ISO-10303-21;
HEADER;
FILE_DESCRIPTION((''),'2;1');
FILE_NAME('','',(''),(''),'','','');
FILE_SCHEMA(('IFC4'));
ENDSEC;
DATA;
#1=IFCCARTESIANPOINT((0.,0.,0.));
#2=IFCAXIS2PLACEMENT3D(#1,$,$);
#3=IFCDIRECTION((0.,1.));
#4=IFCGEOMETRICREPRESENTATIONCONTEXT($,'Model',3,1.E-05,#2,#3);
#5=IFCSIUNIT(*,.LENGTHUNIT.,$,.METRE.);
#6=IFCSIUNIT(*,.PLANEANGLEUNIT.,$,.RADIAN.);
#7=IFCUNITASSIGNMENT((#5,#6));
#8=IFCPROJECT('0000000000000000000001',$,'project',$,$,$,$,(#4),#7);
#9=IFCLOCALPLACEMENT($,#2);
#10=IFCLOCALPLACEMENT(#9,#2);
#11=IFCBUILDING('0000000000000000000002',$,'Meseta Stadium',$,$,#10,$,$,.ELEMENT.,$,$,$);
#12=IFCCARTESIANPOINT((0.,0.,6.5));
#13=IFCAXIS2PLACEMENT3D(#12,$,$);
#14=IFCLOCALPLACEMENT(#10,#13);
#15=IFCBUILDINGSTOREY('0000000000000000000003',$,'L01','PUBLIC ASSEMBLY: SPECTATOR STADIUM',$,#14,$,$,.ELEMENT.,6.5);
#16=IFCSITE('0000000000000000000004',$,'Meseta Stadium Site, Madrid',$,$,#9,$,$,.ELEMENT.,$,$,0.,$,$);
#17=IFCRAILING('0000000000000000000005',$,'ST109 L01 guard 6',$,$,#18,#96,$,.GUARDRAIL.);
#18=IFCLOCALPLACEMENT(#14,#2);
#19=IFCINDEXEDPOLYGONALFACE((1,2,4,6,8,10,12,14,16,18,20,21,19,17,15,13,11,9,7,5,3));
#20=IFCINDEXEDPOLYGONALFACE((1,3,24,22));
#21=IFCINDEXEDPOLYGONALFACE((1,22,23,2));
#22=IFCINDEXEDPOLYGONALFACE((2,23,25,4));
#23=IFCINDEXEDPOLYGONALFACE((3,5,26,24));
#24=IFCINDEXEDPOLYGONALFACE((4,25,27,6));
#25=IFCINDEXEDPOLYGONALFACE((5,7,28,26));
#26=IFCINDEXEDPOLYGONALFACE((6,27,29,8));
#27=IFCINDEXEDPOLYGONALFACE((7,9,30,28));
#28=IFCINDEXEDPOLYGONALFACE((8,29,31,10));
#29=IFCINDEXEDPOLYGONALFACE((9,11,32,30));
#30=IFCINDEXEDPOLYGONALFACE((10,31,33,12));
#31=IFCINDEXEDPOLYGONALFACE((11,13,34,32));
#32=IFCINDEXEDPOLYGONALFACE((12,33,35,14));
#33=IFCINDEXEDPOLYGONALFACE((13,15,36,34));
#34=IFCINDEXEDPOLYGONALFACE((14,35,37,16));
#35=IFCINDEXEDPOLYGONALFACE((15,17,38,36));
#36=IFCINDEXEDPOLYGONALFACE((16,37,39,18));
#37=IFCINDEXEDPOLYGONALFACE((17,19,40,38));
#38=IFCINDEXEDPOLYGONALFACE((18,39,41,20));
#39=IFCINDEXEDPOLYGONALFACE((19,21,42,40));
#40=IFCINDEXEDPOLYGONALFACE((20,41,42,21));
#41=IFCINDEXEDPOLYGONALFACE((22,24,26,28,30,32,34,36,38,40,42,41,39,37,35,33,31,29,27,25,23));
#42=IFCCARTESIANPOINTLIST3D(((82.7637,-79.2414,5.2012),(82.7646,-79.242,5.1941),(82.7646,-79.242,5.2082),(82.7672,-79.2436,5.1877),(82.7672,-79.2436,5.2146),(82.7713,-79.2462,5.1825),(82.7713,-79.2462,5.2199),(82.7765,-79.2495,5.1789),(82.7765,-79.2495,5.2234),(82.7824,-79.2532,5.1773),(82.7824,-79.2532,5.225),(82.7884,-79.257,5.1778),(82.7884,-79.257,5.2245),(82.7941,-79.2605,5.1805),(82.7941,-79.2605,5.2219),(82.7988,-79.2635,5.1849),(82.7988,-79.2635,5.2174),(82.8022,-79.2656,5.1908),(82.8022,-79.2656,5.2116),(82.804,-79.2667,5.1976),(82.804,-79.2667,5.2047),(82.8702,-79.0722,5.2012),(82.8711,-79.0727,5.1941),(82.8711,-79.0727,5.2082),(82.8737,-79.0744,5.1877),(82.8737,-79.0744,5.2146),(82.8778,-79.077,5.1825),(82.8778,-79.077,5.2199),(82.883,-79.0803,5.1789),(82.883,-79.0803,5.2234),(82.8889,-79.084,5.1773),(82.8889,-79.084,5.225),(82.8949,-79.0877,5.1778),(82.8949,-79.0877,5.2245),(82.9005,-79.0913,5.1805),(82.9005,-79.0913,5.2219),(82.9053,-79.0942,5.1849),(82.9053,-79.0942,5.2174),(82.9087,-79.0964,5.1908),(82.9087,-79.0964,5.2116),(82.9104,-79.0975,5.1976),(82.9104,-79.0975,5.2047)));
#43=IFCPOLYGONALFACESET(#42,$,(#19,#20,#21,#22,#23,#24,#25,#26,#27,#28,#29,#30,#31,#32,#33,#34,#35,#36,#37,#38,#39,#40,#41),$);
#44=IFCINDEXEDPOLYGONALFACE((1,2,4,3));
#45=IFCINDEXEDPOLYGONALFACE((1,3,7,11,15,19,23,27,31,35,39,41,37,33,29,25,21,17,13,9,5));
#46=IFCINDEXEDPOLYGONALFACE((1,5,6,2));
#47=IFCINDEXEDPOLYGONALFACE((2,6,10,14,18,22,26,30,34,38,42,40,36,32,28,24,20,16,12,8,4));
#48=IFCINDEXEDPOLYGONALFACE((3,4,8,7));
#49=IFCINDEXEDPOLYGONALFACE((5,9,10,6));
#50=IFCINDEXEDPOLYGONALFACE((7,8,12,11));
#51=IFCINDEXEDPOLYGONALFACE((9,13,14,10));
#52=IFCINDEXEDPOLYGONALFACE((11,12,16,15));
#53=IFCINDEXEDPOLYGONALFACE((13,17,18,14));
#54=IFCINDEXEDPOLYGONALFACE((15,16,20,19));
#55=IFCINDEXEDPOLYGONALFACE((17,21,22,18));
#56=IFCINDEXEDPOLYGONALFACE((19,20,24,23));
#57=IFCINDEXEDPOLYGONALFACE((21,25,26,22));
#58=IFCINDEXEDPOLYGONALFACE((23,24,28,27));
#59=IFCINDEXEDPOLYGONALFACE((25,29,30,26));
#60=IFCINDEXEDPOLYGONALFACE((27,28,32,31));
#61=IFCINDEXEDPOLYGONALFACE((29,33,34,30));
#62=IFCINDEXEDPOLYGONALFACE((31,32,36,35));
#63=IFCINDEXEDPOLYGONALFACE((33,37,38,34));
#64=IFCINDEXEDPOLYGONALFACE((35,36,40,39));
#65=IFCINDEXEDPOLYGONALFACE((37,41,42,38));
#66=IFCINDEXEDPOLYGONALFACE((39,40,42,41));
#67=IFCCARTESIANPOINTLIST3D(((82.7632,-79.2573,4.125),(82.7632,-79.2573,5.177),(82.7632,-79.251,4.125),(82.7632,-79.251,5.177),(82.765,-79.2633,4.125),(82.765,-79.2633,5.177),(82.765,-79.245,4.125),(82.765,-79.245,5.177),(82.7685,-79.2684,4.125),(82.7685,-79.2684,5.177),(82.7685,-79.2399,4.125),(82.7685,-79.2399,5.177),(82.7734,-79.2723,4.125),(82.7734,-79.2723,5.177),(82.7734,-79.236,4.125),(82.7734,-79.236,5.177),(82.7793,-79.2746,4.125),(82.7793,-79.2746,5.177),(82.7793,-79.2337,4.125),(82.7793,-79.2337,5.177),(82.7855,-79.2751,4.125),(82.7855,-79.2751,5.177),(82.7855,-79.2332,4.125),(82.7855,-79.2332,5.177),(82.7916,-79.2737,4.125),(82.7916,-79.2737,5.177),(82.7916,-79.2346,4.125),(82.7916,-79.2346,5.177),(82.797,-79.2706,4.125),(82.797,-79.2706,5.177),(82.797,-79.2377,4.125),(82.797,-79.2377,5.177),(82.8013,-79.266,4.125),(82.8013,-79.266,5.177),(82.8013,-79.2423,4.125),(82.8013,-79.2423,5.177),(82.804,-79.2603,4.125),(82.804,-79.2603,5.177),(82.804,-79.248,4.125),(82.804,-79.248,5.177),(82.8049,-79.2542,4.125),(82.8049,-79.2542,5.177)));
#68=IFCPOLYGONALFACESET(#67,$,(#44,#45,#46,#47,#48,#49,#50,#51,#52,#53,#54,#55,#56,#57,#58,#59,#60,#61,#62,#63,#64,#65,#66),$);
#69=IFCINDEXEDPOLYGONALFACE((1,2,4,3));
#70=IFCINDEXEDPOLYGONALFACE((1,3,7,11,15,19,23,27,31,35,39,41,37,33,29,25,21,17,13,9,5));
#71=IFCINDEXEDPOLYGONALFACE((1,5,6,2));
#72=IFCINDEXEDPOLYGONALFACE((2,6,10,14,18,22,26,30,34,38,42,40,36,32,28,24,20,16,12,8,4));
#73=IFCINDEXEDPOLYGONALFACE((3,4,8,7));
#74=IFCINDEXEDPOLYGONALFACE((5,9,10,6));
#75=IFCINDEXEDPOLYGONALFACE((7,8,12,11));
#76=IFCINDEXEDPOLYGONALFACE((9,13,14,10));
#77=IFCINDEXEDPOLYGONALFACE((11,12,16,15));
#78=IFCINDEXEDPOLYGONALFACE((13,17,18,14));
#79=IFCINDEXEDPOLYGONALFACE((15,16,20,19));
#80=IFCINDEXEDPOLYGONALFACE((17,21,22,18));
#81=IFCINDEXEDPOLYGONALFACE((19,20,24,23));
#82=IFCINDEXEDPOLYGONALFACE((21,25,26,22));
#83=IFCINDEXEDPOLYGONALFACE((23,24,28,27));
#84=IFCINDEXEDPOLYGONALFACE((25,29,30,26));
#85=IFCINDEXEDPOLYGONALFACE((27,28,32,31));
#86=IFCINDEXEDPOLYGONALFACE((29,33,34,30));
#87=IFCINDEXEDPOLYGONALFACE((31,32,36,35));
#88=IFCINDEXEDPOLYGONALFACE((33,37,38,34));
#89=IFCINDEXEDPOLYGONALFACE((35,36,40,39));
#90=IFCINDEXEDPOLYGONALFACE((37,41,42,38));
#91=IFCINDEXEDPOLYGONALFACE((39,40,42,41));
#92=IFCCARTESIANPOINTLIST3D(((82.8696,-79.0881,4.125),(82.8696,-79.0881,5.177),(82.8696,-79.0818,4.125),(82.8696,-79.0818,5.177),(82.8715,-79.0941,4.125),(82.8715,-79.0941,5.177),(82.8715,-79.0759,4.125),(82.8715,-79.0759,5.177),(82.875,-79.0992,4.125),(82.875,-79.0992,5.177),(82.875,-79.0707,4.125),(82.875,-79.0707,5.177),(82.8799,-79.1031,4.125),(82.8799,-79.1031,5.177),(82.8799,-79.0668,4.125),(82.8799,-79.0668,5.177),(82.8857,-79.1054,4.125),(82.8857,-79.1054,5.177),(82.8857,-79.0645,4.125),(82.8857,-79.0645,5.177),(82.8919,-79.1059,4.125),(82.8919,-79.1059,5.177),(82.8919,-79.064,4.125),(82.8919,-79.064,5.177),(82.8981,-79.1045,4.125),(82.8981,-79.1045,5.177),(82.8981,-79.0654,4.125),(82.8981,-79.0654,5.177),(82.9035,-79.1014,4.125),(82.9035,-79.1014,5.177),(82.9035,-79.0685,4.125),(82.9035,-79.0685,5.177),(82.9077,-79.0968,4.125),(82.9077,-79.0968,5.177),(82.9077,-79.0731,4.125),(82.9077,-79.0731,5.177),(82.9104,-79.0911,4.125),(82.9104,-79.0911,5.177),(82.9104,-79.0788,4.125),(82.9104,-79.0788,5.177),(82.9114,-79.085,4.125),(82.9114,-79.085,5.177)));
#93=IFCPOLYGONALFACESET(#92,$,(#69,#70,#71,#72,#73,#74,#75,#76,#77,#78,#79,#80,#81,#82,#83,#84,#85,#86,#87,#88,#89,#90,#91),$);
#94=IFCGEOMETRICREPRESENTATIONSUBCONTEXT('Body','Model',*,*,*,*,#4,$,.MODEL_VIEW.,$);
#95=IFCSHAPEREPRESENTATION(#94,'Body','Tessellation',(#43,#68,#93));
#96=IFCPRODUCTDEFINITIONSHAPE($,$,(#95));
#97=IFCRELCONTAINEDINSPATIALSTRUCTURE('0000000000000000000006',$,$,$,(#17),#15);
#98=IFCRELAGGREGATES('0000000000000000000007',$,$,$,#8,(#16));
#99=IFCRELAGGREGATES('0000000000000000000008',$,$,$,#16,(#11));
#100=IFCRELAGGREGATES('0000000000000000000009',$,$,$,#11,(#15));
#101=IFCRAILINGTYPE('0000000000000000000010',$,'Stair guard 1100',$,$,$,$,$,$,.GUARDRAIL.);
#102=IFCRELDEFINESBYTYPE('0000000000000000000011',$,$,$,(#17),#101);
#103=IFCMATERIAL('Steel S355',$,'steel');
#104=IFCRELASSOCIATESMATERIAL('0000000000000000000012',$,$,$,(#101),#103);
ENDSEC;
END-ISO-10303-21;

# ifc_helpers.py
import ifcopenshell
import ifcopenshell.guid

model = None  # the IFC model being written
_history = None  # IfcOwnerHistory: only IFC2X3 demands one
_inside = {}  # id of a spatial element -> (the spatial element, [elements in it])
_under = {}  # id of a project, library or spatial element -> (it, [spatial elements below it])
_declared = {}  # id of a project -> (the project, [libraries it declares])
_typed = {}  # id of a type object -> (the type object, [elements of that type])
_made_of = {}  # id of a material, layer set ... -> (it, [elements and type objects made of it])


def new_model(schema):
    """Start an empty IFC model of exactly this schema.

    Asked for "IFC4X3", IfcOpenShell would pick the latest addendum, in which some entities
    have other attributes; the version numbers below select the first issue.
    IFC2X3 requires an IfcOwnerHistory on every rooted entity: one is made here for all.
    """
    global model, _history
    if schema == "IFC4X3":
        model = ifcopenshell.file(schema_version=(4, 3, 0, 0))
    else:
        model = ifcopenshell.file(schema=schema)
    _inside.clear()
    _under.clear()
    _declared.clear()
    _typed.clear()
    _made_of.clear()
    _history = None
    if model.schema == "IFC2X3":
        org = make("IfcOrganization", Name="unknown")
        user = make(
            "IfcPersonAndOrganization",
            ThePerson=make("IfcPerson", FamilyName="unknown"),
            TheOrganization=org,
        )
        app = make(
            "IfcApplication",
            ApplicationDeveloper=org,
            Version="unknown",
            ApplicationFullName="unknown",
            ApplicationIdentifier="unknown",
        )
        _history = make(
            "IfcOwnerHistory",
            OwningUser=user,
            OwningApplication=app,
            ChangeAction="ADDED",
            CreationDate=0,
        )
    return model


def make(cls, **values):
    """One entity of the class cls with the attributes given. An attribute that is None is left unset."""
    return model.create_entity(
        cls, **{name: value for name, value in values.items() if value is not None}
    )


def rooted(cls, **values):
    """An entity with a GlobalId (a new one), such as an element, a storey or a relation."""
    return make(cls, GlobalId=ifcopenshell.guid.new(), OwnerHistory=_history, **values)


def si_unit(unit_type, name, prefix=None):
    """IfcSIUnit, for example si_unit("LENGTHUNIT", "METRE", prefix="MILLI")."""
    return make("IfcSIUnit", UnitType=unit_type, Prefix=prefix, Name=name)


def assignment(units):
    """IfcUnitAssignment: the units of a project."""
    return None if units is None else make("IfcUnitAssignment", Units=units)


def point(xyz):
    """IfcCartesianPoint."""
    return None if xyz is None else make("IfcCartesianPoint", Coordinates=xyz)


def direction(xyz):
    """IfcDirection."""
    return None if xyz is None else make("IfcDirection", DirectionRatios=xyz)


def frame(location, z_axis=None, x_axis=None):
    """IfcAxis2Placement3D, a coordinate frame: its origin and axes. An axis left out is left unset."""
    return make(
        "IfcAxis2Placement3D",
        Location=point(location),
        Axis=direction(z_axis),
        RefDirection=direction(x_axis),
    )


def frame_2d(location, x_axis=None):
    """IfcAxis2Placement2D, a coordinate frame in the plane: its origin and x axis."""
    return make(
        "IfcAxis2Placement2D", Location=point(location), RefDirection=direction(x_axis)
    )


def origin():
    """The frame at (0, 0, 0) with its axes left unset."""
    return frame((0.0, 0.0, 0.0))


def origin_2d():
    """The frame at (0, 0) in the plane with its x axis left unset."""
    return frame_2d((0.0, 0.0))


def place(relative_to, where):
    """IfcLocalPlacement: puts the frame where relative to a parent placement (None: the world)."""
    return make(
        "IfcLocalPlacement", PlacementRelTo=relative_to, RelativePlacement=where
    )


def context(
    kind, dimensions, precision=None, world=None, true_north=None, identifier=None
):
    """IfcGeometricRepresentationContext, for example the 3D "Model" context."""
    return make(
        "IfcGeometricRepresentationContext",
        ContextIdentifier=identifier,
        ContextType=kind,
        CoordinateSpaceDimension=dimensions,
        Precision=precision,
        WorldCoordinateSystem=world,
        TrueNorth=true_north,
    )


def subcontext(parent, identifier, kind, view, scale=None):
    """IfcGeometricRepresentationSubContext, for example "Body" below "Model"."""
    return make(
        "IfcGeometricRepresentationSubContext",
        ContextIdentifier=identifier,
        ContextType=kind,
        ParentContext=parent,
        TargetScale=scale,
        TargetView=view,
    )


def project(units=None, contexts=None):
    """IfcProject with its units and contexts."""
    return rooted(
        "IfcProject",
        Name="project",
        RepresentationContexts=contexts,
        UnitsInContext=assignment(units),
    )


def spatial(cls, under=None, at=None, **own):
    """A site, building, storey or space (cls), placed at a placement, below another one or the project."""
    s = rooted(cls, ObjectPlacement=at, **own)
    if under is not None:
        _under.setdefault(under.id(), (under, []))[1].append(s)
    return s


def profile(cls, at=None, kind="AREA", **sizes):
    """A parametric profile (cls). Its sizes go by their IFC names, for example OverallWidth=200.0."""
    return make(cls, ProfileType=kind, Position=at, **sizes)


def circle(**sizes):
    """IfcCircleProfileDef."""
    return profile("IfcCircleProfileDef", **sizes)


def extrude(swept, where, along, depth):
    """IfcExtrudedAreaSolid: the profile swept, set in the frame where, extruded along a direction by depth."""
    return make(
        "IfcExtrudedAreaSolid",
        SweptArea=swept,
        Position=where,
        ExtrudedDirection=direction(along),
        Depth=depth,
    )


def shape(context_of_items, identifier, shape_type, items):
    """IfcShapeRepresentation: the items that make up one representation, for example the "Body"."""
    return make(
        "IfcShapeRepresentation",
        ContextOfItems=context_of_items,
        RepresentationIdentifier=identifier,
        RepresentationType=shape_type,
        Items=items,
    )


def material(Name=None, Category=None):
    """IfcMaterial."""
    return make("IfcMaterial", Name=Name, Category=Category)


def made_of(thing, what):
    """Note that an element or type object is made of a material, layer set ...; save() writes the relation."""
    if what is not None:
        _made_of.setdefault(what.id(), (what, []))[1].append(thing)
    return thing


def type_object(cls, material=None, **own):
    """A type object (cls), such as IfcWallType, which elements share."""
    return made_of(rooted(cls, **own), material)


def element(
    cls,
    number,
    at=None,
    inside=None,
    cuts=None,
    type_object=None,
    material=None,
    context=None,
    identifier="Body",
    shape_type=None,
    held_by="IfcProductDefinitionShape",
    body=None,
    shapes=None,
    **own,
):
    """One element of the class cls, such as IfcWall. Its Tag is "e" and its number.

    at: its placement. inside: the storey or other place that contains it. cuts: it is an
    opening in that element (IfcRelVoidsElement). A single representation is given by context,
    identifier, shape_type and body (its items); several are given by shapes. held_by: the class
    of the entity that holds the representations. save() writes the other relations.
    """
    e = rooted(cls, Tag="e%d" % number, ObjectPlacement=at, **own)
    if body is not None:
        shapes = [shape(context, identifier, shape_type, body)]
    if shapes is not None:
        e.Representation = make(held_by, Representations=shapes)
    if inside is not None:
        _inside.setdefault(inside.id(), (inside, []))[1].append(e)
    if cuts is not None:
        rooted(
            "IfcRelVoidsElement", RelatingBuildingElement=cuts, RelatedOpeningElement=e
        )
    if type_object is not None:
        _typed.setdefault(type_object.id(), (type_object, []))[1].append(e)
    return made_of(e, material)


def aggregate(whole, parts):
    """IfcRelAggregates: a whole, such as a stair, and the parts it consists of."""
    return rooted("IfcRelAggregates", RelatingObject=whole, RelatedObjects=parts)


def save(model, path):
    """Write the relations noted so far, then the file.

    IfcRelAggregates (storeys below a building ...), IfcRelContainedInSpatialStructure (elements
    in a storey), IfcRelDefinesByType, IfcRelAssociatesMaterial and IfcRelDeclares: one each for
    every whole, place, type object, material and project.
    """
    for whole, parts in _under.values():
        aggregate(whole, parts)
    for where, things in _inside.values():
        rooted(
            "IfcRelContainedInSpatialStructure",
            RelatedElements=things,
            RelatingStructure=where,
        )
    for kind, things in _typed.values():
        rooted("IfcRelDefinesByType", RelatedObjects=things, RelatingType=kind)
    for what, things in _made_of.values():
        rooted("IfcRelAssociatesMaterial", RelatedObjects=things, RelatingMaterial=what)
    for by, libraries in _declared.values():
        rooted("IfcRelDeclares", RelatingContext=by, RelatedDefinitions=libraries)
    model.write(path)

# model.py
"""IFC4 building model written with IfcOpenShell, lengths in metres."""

from ifc_helpers import new_model, si_unit, direction, frame, origin, origin_2d, place, context, subcontext, project, spatial, circle, extrude, material, type_object, element, save


model = new_model("IFC4")

# Units and contexts
model_context = context("Model", 3, precision=1e-05, world=origin(), true_north=direction((0.0, 1.0)))
body_context = subcontext(model_context, "Body", "Model", "MODEL_VIEW")
ifc_project = project(units=[si_unit("LENGTHUNIT", "METRE"), si_unit("PLANEANGLEUNIT", "RADIAN")], contexts=[model_context])

# Site, building, storey
site_placement = place(None, origin())
site = spatial("IfcSite", under=ifc_project, at=site_placement, Name="Meseta Stadium Site, Madrid", CompositionType="ELEMENT", RefElevation=0.0)
building_placement = place(site_placement, origin())
building = spatial("IfcBuilding", under=site, at=building_placement, Name="Meseta Stadium", CompositionType="ELEMENT")
storey_placement = place(building_placement, frame((0.0, 0.0, 6.5)))
storey = spatial("IfcBuildingStorey", under=building, at=storey_placement, Name="L01", Description="PUBLIC ASSEMBLY: SPECTATOR STADIUM", CompositionType="ELEMENT", Elevation=6.5)

# Railing
ifc_material_1 = material(Name="Steel S355", Category="steel")
railing_type_1 = type_object("IfcRailingType", Name="Stair guard 1100", PredefinedType="GUARDRAIL", material=ifc_material_1)
railing_1_placement = place(storey_placement, frame((82.7839, -79.2542, 4.125)))
element("IfcRailing", 1, at=railing_1_placement, inside=storey, type_object=railing_type_1, Name="ST109 L01 guard 6", PredefinedType="GUARDRAIL", context=body_context, shape_type="SweptSolid", body=[
    extrude(circle(Radius=0.0239, at=origin_2d()), frame((0.0, 0.0, 1.0762), z_axis=(0.532522, 0.846416, 0.0), x_axis=(-0.846416, 0.532522, 0.0)), (0.0, 0.0, 1.0), 0.2),
    extrude(circle(Radius=0.021, at=origin_2d()), origin(), (0.0, 0.0, 1.0), 1.052),
    extrude(circle(Radius=0.021, at=origin_2d()), frame((0.1064, 0.1692, 0.0)), (0.0, 0.0, 1.0), 1.052),
])

save(model, "model.ifc")
